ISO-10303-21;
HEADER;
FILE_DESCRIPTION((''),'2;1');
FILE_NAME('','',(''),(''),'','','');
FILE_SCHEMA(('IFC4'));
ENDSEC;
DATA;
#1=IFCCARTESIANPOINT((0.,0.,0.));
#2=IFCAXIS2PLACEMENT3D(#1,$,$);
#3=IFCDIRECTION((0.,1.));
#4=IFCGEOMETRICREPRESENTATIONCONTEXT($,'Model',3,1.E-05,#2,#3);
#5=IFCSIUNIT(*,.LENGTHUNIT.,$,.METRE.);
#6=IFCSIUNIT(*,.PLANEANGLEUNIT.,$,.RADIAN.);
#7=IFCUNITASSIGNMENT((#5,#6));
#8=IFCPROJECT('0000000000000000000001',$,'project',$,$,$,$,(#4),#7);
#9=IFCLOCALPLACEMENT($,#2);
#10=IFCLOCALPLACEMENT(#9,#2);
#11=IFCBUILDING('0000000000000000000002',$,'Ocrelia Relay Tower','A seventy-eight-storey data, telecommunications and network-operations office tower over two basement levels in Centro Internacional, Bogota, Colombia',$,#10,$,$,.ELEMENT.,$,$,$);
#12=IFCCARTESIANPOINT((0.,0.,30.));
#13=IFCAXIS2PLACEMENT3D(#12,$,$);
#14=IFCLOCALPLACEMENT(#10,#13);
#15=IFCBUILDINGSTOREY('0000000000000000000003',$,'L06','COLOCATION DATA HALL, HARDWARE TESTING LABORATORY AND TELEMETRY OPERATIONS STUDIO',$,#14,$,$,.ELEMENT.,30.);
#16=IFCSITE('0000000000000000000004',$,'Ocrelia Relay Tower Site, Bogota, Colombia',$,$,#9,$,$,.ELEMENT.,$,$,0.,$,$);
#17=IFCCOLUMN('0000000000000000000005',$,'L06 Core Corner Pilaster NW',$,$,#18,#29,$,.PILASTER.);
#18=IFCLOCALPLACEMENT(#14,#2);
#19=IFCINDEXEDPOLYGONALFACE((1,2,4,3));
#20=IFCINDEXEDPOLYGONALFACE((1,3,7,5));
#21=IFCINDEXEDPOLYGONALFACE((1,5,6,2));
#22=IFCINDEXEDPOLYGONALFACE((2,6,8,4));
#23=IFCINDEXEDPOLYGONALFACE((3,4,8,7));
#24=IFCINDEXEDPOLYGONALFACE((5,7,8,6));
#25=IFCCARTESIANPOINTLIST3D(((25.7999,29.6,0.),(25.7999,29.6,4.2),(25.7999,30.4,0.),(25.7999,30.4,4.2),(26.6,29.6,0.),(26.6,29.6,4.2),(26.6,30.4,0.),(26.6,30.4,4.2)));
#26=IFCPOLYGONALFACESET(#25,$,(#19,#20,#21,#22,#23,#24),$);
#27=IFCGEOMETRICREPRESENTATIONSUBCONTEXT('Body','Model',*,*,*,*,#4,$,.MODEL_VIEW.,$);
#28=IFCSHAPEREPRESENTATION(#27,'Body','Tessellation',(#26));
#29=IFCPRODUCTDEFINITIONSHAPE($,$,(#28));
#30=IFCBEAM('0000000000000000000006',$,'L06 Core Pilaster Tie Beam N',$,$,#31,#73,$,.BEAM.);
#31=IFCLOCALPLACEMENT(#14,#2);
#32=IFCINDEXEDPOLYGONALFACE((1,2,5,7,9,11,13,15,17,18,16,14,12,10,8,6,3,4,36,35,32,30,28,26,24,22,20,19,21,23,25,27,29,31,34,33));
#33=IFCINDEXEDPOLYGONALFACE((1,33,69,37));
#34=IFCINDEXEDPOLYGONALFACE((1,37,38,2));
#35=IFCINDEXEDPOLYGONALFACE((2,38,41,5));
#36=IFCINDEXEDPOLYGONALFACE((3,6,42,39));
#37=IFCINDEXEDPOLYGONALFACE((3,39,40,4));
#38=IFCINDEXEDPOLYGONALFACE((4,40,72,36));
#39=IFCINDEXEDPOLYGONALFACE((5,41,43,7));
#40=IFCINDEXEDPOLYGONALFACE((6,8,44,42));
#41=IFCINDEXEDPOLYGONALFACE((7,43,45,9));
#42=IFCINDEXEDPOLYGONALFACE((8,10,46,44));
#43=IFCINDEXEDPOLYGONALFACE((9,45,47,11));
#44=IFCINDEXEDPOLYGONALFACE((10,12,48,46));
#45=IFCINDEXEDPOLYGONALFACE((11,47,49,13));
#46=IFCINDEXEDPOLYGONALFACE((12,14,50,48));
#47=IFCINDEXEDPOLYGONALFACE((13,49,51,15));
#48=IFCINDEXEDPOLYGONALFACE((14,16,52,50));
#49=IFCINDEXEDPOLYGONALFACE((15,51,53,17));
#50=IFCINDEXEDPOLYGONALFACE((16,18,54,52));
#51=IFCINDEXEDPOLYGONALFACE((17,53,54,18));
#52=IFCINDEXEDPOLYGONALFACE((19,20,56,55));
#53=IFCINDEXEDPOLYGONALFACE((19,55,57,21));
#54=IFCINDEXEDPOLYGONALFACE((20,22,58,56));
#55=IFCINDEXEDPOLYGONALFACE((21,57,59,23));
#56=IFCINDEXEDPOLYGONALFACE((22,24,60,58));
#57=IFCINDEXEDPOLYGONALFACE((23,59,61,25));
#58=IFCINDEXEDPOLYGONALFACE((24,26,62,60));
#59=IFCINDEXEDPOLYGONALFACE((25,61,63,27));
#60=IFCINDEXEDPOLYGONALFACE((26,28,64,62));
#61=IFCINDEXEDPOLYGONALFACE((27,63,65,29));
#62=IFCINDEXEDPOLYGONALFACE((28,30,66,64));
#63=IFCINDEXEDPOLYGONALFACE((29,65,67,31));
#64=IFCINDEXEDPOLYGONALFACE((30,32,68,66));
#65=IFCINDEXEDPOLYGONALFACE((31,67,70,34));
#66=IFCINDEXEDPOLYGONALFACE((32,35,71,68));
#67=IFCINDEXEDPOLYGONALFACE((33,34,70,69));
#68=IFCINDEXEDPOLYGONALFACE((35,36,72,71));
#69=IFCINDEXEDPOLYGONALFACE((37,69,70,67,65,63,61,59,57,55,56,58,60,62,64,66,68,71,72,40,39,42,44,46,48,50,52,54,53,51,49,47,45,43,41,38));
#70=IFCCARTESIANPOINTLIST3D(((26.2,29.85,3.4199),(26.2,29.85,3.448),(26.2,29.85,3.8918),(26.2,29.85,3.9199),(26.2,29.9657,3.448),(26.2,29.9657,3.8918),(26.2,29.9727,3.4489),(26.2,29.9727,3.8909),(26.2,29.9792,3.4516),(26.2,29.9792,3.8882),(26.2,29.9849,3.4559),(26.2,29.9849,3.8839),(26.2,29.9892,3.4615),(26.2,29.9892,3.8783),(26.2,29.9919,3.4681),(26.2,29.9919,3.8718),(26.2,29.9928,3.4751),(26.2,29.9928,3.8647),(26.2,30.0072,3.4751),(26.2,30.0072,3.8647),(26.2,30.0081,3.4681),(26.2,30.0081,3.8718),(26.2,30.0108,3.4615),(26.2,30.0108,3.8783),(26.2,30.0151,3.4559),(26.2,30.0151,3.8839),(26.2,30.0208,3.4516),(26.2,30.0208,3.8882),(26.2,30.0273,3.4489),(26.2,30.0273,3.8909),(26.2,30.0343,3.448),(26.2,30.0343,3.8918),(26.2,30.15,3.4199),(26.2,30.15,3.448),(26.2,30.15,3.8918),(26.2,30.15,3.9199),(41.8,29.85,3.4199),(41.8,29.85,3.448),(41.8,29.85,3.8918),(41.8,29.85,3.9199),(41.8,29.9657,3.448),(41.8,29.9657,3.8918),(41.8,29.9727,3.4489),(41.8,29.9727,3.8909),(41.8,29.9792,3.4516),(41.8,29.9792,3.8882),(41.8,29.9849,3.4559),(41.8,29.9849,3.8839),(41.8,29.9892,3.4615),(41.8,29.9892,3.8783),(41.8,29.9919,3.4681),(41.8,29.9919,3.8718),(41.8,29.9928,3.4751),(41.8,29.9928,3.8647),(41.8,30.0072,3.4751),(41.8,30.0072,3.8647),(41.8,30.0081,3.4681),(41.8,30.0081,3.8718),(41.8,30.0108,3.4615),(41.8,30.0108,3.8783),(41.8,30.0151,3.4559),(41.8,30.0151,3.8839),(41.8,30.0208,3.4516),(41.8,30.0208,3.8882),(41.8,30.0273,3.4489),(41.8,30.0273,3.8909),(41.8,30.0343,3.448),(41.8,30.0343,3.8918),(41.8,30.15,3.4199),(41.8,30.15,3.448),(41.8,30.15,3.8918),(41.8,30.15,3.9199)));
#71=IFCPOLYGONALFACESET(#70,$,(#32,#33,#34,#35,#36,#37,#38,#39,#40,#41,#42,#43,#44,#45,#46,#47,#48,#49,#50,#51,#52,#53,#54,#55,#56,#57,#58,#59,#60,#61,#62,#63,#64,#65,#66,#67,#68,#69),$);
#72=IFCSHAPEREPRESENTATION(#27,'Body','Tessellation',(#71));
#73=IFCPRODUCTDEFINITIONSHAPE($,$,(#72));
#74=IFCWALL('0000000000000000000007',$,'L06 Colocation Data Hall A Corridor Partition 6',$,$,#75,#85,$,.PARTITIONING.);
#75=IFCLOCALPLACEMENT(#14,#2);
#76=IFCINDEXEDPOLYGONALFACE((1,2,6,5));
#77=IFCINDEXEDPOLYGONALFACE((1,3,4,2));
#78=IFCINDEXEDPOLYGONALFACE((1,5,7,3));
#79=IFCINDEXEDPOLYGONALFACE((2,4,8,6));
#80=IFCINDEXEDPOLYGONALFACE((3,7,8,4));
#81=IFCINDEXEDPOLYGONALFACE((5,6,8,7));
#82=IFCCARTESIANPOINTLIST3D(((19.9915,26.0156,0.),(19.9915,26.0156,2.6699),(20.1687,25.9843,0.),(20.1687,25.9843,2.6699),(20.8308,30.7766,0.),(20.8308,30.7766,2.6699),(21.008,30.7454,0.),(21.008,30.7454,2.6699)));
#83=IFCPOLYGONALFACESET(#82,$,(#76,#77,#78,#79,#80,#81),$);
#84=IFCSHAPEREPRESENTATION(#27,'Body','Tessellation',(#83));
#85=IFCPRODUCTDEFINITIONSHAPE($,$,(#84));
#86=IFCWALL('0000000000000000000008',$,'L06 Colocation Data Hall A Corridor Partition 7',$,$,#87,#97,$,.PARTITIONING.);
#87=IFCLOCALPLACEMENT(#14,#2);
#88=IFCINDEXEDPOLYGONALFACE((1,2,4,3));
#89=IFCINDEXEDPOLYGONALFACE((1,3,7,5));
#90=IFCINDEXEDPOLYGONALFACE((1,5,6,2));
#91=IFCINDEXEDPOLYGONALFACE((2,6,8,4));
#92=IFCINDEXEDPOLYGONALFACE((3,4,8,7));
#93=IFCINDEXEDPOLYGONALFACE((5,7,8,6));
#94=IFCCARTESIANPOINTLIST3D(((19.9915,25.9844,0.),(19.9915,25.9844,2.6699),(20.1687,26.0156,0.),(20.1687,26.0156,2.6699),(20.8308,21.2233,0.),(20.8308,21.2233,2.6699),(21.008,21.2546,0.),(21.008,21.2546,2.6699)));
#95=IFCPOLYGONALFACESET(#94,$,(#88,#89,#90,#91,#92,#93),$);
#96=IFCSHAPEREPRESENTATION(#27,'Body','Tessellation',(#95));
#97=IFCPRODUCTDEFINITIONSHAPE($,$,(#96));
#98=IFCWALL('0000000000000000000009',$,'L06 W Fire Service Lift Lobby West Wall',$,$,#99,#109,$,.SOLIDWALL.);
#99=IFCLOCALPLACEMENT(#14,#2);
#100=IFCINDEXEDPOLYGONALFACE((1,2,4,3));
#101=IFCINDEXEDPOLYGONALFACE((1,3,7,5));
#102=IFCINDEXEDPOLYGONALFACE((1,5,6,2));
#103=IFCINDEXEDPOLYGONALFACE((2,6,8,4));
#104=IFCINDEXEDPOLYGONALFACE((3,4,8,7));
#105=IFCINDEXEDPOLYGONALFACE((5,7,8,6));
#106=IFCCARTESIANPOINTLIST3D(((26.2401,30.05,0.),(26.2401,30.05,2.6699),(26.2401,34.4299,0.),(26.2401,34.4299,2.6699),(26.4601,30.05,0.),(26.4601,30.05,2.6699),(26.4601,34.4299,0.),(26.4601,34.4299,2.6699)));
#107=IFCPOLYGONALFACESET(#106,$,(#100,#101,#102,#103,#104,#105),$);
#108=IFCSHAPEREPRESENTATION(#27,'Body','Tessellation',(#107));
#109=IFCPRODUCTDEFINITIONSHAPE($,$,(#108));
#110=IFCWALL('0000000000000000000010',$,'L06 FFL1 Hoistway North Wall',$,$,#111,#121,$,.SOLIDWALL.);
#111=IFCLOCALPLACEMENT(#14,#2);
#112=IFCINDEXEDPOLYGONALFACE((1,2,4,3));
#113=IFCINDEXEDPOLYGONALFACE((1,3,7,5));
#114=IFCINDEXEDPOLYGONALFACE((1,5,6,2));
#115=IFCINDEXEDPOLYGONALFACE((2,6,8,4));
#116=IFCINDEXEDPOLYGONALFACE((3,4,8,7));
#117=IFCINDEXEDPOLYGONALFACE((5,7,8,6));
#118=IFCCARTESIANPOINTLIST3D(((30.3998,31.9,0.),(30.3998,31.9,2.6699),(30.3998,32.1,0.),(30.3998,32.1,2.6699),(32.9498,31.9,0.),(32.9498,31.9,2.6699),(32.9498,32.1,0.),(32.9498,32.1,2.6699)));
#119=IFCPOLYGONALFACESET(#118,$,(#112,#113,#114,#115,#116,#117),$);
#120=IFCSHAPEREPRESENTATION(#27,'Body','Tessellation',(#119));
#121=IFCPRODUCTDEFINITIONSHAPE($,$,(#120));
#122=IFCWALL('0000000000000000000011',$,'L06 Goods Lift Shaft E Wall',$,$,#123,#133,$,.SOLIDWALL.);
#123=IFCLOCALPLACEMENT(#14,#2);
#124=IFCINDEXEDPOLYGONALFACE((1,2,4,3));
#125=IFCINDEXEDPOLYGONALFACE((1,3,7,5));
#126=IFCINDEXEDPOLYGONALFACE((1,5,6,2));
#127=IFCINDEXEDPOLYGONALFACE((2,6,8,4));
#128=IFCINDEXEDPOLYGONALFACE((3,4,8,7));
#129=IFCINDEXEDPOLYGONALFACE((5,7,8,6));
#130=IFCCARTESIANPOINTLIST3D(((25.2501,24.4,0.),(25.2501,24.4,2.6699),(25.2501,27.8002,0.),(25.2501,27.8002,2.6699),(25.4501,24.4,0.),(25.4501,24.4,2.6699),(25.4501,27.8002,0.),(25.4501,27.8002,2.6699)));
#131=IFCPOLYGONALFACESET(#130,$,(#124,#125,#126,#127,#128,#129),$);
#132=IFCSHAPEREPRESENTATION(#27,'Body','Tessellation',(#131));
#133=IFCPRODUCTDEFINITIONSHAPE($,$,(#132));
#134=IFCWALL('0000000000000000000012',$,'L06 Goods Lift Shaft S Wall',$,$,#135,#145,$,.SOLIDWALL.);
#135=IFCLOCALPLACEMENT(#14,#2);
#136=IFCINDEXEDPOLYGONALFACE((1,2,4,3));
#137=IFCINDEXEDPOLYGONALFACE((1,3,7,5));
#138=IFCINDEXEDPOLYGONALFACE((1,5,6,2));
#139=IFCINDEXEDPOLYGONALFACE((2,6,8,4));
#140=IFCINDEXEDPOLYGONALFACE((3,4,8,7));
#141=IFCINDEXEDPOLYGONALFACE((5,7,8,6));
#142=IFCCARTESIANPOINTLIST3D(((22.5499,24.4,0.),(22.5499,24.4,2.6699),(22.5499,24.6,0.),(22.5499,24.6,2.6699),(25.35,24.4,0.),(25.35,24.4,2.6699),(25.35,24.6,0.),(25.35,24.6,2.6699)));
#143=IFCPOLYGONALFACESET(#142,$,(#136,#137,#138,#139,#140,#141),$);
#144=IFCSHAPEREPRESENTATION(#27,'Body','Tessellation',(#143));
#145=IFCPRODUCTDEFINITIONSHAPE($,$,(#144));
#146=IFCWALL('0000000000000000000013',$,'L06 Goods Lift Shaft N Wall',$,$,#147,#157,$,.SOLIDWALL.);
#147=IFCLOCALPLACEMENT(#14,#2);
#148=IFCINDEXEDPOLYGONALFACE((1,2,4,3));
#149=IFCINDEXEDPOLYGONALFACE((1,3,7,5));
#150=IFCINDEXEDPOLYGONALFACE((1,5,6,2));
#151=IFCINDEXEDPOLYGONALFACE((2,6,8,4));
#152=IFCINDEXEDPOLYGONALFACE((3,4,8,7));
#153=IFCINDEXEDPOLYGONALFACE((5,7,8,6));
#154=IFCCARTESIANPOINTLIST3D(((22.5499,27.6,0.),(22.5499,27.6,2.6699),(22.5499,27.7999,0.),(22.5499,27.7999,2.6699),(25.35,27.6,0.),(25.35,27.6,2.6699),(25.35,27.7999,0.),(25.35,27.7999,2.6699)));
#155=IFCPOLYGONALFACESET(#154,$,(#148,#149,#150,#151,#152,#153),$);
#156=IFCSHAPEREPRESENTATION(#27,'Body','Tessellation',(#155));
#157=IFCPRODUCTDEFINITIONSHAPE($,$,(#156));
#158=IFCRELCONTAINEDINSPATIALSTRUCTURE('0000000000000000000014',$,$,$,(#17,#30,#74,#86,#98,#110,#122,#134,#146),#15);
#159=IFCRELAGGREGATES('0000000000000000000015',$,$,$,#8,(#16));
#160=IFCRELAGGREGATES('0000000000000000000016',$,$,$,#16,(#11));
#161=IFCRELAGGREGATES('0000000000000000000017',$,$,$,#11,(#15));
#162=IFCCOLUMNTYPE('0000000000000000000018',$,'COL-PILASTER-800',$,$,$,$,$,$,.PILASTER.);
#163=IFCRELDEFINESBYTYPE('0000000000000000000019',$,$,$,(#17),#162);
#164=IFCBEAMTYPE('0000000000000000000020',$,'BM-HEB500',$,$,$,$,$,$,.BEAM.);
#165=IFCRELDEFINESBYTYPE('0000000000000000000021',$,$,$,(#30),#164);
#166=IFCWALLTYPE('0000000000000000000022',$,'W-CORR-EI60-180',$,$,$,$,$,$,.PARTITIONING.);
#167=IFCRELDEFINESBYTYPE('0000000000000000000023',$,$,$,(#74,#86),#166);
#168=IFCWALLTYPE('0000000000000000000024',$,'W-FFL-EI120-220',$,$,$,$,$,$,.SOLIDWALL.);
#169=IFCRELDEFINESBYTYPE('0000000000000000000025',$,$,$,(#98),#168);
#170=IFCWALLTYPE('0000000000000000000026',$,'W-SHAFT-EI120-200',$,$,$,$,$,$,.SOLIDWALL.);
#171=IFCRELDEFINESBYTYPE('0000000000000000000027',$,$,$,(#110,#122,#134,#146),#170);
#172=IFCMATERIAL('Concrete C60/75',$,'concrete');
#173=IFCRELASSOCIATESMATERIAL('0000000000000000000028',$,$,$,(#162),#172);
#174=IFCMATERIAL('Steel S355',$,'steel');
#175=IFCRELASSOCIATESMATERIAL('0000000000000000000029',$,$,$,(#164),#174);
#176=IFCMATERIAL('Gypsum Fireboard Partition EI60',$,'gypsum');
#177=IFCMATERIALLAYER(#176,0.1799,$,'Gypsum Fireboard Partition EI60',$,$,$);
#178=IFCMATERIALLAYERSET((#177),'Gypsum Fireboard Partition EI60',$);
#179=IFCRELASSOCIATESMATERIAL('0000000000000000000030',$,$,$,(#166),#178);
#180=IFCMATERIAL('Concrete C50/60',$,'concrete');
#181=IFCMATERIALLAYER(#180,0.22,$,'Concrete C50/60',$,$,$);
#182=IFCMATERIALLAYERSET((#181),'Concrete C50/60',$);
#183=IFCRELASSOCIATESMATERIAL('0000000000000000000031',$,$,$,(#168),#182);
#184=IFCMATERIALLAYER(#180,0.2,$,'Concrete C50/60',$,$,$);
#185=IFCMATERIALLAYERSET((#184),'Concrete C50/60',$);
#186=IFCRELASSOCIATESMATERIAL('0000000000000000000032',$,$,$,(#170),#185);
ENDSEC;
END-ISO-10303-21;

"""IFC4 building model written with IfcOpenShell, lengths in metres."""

from ifc_helpers import new_model, si_unit, direction, frame, frame_2d, origin, origin_2d, place, context, subcontext, project, spatial, rectangle, i_section, extrude, material, layer, layer_set, material_profile, profile_set, type_object, element, save


model = new_model("IFC4")

# Units and contexts
model_context = context("Model", 3, precision=1e-05, world=origin(), true_north=direction((0.0, 1.0)))
body_context = subcontext(model_context, "Body", "Model", "MODEL_VIEW")
ifc_project = project(units=[si_unit("LENGTHUNIT", "METRE"), si_unit("PLANEANGLEUNIT", "RADIAN")], contexts=[model_context])

# Site, building, storey
site_placement = place(None, origin())
site = spatial("IfcSite", under=ifc_project, at=site_placement, Name="Ocrelia Relay Tower Site, Bogota, Colombia", CompositionType="ELEMENT", RefElevation=0.0)
building_placement = place(site_placement, origin())
building = spatial("IfcBuilding", under=site, at=building_placement, Name="Ocrelia Relay Tower", Description="A seventy-eight-storey data, telecommunications and network-operations office tower over two basement levels in Centro Internacional, Bogota, Colombia", CompositionType="ELEMENT")
storey_placement = place(building_placement, frame((0.0, 0.0, 30.0)))
storey = spatial("IfcBuildingStorey", under=building, at=storey_placement, Name="L06", Description="COLOCATION DATA HALL, HARDWARE TESTING LABORATORY AND TELEMETRY OPERATIONS STUDIO", CompositionType="ELEMENT", Elevation=30.0)

# Column
ifc_material_1 = material(Name="Concrete C60/75", Category="concrete")
ifc_material_profile_1 = material_profile(ifc_material_1, rectangle(XDim=0.8, YDim=0.8, at=origin_2d()), Name="RC-COL-800x800")
ifc_profile_set_1 = profile_set([ifc_material_profile_1], Name="Concrete C60/75")
column_type = type_object("IfcColumnType", Name="COL-PILASTER-800", PredefinedType="PILASTER", material=ifc_profile_set_1)
column_placement = place(storey_placement, frame((26.2, 30.0, 0.0), z_axis=(0.0, 0.0, 1.0), x_axis=(1.0, 0.0, 0.0)))
element("IfcColumn", 1, at=column_placement, inside=storey, type_object=column_type, Name="L06 Core Corner Pilaster NW", PredefinedType="PILASTER", context=body_context, shape_type="SweptSolid", body=[
    extrude(rectangle(XDim=0.8, YDim=0.8, at=origin_2d()), origin(), (0.0, 0.0, 1.0), 4.2),
])

# Beam
ifc_material_2 = material(Name="Steel S355", Category="steel")
ifc_material_profile_2 = material_profile(ifc_material_2, i_section(OverallWidth=0.3, OverallDepth=0.5, WebThickness=0.0144, FlangeThickness=0.0281, FilletRadius=0.0271, at=origin_2d()), Name="HEB 500")
ifc_profile_set_2 = profile_set([ifc_material_profile_2], Name="Steel S355")
beam_type = type_object("IfcBeamType", Name="BM-HEB500", PredefinedType="BEAM", material=ifc_profile_set_2)
beam_placement = place(storey_placement, frame((26.2, 30.0, 3.6699), z_axis=(1.0, 0.0, 0.0), x_axis=(0.0, 1.0, 0.0)))
element("IfcBeam", 2, at=beam_placement, inside=storey, type_object=beam_type, Name="L06 Core Pilaster Tie Beam N", PredefinedType="BEAM", context=body_context, shape_type="SweptSolid", body=[
    extrude(i_section(OverallWidth=0.3, OverallDepth=0.5, WebThickness=0.0144, FlangeThickness=0.0281, FilletRadius=0.0271, at=origin_2d()), origin(), (0.0, 0.0, 1.0), 15.6001),
])

# Walls
ifc_material_3 = material(Name="Gypsum Fireboard Partition EI60", Category="gypsum")
ifc_layer_1 = layer(ifc_material_3, 0.1799, Name="Gypsum Fireboard Partition EI60")
ifc_layer_set_1 = layer_set([ifc_layer_1], Name="Gypsum Fireboard Partition EI60")
wall_type_1 = type_object("IfcWallType", Name="W-CORR-EI60-180", PredefinedType="PARTITIONING", material=ifc_layer_set_1)
for number, where, z_axis, x_axis, name in (
    (3, (20.9194, 30.761, 0.0), (0.0, 0.0, 1.0), (-0.173621, -0.984813, 0.0), "L06 Colocation Data Hall A Corridor Partition 6"),
    (4, (20.0801, 26.0, 0.0), (0.0, 0.0, 1.0), (0.173621, -0.984813, 0.0), "L06 Colocation Data Hall A Corridor Partition 7"),
):
    element("IfcWall", number, at=place(storey_placement, frame(where, z_axis=z_axis, x_axis=x_axis)), inside=storey, type_object=wall_type_1, Name=name, PredefinedType="PARTITIONING", context=body_context, shape_type="SweptSolid", body=[
        extrude(rectangle(XDim=4.8345, YDim=0.1799, at=frame_2d((2.4172, 0.0))), origin(), (0.0, 0.0, 1.0), 2.6699),
    ])
ifc_material_4 = material(Name="Concrete C50/60", Category="concrete")
ifc_layer_2 = layer(ifc_material_4, 0.22, Name="Concrete C50/60")
ifc_layer_set_2 = layer_set([ifc_layer_2], Name="Concrete C50/60")
wall_type_2 = type_object("IfcWallType", Name="W-FFL-EI120-220", PredefinedType="SOLIDWALL", material=ifc_layer_set_2)
wall_1_placement = place(storey_placement, frame((26.3501, 30.05, 0.0), z_axis=(0.0, 0.0, 1.0), x_axis=(0.0, 1.0, 0.0)))
element("IfcWall", 5, at=wall_1_placement, inside=storey, type_object=wall_type_2, Name="L06 W Fire Service Lift Lobby West Wall", PredefinedType="SOLIDWALL", context=body_context, shape_type="SweptSolid", body=[
    extrude(rectangle(XDim=4.3799, YDim=0.22, at=frame_2d((2.1899, 0.0))), origin(), (0.0, 0.0, 1.0), 2.6699),
])
ifc_layer_3 = layer(ifc_material_4, 0.2, Name="Concrete C50/60")
ifc_layer_set_3 = layer_set([ifc_layer_3], Name="Concrete C50/60")
wall_type_3 = type_object("IfcWallType", Name="W-SHAFT-EI120-200", PredefinedType="SOLIDWALL", material=ifc_layer_set_3)
wall_2_placement = place(storey_placement, frame((30.3999, 32.0, 0.0), z_axis=(0.0, 0.0, 1.0), x_axis=(1.0, 0.0, 0.0)))
element("IfcWall", 6, at=wall_2_placement, inside=storey, type_object=wall_type_3, Name="L06 FFL1 Hoistway North Wall", PredefinedType="SOLIDWALL", context=body_context, shape_type="SweptSolid", body=[
    extrude(rectangle(XDim=2.55, YDim=0.2, at=frame_2d((1.2749, 0.0))), origin(), (0.0, 0.0, 1.0), 2.6699),
])

# Walls
wall_3_placement = place(storey_placement, frame((25.3501, 24.3999, 0.0), z_axis=(0.0, 0.0, 1.0), x_axis=(0.0, 1.0, 0.0)))
element("IfcWall", 7, at=wall_3_placement, inside=storey, type_object=wall_type_3, Name="L06 Goods Lift Shaft E Wall", PredefinedType="SOLIDWALL", context=body_context, shape_type="SweptSolid", body=[
    extrude(rectangle(XDim=3.4001, YDim=0.2, at=frame_2d((1.7002, 0.0))), origin(), (0.0, 0.0, 1.0), 2.6699),
])
for number, where, z_axis, x_axis, name in (
    (8, (22.55, 24.5, 0.0), (0.0, 0.0, 1.0), (1.0, 0.0, 0.0), "L06 Goods Lift Shaft S Wall"),
    (9, (22.55, 27.7, 0.0), (0.0, 0.0, 1.0), (1.0, 0.0, 0.0), "L06 Goods Lift Shaft N Wall"),
):
    element("IfcWall", number, at=place(storey_placement, frame(where, z_axis=z_axis, x_axis=x_axis)), inside=storey, type_object=wall_type_3, Name=name, PredefinedType="SOLIDWALL", context=body_context, shape_type="SweptSolid", body=[
        extrude(rectangle(XDim=2.8, YDim=0.2, at=frame_2d((1.3999, 0.0))), origin(), (0.0, 0.0, 1.0), 2.6699),
    ])

save(model, "model.ifc")
